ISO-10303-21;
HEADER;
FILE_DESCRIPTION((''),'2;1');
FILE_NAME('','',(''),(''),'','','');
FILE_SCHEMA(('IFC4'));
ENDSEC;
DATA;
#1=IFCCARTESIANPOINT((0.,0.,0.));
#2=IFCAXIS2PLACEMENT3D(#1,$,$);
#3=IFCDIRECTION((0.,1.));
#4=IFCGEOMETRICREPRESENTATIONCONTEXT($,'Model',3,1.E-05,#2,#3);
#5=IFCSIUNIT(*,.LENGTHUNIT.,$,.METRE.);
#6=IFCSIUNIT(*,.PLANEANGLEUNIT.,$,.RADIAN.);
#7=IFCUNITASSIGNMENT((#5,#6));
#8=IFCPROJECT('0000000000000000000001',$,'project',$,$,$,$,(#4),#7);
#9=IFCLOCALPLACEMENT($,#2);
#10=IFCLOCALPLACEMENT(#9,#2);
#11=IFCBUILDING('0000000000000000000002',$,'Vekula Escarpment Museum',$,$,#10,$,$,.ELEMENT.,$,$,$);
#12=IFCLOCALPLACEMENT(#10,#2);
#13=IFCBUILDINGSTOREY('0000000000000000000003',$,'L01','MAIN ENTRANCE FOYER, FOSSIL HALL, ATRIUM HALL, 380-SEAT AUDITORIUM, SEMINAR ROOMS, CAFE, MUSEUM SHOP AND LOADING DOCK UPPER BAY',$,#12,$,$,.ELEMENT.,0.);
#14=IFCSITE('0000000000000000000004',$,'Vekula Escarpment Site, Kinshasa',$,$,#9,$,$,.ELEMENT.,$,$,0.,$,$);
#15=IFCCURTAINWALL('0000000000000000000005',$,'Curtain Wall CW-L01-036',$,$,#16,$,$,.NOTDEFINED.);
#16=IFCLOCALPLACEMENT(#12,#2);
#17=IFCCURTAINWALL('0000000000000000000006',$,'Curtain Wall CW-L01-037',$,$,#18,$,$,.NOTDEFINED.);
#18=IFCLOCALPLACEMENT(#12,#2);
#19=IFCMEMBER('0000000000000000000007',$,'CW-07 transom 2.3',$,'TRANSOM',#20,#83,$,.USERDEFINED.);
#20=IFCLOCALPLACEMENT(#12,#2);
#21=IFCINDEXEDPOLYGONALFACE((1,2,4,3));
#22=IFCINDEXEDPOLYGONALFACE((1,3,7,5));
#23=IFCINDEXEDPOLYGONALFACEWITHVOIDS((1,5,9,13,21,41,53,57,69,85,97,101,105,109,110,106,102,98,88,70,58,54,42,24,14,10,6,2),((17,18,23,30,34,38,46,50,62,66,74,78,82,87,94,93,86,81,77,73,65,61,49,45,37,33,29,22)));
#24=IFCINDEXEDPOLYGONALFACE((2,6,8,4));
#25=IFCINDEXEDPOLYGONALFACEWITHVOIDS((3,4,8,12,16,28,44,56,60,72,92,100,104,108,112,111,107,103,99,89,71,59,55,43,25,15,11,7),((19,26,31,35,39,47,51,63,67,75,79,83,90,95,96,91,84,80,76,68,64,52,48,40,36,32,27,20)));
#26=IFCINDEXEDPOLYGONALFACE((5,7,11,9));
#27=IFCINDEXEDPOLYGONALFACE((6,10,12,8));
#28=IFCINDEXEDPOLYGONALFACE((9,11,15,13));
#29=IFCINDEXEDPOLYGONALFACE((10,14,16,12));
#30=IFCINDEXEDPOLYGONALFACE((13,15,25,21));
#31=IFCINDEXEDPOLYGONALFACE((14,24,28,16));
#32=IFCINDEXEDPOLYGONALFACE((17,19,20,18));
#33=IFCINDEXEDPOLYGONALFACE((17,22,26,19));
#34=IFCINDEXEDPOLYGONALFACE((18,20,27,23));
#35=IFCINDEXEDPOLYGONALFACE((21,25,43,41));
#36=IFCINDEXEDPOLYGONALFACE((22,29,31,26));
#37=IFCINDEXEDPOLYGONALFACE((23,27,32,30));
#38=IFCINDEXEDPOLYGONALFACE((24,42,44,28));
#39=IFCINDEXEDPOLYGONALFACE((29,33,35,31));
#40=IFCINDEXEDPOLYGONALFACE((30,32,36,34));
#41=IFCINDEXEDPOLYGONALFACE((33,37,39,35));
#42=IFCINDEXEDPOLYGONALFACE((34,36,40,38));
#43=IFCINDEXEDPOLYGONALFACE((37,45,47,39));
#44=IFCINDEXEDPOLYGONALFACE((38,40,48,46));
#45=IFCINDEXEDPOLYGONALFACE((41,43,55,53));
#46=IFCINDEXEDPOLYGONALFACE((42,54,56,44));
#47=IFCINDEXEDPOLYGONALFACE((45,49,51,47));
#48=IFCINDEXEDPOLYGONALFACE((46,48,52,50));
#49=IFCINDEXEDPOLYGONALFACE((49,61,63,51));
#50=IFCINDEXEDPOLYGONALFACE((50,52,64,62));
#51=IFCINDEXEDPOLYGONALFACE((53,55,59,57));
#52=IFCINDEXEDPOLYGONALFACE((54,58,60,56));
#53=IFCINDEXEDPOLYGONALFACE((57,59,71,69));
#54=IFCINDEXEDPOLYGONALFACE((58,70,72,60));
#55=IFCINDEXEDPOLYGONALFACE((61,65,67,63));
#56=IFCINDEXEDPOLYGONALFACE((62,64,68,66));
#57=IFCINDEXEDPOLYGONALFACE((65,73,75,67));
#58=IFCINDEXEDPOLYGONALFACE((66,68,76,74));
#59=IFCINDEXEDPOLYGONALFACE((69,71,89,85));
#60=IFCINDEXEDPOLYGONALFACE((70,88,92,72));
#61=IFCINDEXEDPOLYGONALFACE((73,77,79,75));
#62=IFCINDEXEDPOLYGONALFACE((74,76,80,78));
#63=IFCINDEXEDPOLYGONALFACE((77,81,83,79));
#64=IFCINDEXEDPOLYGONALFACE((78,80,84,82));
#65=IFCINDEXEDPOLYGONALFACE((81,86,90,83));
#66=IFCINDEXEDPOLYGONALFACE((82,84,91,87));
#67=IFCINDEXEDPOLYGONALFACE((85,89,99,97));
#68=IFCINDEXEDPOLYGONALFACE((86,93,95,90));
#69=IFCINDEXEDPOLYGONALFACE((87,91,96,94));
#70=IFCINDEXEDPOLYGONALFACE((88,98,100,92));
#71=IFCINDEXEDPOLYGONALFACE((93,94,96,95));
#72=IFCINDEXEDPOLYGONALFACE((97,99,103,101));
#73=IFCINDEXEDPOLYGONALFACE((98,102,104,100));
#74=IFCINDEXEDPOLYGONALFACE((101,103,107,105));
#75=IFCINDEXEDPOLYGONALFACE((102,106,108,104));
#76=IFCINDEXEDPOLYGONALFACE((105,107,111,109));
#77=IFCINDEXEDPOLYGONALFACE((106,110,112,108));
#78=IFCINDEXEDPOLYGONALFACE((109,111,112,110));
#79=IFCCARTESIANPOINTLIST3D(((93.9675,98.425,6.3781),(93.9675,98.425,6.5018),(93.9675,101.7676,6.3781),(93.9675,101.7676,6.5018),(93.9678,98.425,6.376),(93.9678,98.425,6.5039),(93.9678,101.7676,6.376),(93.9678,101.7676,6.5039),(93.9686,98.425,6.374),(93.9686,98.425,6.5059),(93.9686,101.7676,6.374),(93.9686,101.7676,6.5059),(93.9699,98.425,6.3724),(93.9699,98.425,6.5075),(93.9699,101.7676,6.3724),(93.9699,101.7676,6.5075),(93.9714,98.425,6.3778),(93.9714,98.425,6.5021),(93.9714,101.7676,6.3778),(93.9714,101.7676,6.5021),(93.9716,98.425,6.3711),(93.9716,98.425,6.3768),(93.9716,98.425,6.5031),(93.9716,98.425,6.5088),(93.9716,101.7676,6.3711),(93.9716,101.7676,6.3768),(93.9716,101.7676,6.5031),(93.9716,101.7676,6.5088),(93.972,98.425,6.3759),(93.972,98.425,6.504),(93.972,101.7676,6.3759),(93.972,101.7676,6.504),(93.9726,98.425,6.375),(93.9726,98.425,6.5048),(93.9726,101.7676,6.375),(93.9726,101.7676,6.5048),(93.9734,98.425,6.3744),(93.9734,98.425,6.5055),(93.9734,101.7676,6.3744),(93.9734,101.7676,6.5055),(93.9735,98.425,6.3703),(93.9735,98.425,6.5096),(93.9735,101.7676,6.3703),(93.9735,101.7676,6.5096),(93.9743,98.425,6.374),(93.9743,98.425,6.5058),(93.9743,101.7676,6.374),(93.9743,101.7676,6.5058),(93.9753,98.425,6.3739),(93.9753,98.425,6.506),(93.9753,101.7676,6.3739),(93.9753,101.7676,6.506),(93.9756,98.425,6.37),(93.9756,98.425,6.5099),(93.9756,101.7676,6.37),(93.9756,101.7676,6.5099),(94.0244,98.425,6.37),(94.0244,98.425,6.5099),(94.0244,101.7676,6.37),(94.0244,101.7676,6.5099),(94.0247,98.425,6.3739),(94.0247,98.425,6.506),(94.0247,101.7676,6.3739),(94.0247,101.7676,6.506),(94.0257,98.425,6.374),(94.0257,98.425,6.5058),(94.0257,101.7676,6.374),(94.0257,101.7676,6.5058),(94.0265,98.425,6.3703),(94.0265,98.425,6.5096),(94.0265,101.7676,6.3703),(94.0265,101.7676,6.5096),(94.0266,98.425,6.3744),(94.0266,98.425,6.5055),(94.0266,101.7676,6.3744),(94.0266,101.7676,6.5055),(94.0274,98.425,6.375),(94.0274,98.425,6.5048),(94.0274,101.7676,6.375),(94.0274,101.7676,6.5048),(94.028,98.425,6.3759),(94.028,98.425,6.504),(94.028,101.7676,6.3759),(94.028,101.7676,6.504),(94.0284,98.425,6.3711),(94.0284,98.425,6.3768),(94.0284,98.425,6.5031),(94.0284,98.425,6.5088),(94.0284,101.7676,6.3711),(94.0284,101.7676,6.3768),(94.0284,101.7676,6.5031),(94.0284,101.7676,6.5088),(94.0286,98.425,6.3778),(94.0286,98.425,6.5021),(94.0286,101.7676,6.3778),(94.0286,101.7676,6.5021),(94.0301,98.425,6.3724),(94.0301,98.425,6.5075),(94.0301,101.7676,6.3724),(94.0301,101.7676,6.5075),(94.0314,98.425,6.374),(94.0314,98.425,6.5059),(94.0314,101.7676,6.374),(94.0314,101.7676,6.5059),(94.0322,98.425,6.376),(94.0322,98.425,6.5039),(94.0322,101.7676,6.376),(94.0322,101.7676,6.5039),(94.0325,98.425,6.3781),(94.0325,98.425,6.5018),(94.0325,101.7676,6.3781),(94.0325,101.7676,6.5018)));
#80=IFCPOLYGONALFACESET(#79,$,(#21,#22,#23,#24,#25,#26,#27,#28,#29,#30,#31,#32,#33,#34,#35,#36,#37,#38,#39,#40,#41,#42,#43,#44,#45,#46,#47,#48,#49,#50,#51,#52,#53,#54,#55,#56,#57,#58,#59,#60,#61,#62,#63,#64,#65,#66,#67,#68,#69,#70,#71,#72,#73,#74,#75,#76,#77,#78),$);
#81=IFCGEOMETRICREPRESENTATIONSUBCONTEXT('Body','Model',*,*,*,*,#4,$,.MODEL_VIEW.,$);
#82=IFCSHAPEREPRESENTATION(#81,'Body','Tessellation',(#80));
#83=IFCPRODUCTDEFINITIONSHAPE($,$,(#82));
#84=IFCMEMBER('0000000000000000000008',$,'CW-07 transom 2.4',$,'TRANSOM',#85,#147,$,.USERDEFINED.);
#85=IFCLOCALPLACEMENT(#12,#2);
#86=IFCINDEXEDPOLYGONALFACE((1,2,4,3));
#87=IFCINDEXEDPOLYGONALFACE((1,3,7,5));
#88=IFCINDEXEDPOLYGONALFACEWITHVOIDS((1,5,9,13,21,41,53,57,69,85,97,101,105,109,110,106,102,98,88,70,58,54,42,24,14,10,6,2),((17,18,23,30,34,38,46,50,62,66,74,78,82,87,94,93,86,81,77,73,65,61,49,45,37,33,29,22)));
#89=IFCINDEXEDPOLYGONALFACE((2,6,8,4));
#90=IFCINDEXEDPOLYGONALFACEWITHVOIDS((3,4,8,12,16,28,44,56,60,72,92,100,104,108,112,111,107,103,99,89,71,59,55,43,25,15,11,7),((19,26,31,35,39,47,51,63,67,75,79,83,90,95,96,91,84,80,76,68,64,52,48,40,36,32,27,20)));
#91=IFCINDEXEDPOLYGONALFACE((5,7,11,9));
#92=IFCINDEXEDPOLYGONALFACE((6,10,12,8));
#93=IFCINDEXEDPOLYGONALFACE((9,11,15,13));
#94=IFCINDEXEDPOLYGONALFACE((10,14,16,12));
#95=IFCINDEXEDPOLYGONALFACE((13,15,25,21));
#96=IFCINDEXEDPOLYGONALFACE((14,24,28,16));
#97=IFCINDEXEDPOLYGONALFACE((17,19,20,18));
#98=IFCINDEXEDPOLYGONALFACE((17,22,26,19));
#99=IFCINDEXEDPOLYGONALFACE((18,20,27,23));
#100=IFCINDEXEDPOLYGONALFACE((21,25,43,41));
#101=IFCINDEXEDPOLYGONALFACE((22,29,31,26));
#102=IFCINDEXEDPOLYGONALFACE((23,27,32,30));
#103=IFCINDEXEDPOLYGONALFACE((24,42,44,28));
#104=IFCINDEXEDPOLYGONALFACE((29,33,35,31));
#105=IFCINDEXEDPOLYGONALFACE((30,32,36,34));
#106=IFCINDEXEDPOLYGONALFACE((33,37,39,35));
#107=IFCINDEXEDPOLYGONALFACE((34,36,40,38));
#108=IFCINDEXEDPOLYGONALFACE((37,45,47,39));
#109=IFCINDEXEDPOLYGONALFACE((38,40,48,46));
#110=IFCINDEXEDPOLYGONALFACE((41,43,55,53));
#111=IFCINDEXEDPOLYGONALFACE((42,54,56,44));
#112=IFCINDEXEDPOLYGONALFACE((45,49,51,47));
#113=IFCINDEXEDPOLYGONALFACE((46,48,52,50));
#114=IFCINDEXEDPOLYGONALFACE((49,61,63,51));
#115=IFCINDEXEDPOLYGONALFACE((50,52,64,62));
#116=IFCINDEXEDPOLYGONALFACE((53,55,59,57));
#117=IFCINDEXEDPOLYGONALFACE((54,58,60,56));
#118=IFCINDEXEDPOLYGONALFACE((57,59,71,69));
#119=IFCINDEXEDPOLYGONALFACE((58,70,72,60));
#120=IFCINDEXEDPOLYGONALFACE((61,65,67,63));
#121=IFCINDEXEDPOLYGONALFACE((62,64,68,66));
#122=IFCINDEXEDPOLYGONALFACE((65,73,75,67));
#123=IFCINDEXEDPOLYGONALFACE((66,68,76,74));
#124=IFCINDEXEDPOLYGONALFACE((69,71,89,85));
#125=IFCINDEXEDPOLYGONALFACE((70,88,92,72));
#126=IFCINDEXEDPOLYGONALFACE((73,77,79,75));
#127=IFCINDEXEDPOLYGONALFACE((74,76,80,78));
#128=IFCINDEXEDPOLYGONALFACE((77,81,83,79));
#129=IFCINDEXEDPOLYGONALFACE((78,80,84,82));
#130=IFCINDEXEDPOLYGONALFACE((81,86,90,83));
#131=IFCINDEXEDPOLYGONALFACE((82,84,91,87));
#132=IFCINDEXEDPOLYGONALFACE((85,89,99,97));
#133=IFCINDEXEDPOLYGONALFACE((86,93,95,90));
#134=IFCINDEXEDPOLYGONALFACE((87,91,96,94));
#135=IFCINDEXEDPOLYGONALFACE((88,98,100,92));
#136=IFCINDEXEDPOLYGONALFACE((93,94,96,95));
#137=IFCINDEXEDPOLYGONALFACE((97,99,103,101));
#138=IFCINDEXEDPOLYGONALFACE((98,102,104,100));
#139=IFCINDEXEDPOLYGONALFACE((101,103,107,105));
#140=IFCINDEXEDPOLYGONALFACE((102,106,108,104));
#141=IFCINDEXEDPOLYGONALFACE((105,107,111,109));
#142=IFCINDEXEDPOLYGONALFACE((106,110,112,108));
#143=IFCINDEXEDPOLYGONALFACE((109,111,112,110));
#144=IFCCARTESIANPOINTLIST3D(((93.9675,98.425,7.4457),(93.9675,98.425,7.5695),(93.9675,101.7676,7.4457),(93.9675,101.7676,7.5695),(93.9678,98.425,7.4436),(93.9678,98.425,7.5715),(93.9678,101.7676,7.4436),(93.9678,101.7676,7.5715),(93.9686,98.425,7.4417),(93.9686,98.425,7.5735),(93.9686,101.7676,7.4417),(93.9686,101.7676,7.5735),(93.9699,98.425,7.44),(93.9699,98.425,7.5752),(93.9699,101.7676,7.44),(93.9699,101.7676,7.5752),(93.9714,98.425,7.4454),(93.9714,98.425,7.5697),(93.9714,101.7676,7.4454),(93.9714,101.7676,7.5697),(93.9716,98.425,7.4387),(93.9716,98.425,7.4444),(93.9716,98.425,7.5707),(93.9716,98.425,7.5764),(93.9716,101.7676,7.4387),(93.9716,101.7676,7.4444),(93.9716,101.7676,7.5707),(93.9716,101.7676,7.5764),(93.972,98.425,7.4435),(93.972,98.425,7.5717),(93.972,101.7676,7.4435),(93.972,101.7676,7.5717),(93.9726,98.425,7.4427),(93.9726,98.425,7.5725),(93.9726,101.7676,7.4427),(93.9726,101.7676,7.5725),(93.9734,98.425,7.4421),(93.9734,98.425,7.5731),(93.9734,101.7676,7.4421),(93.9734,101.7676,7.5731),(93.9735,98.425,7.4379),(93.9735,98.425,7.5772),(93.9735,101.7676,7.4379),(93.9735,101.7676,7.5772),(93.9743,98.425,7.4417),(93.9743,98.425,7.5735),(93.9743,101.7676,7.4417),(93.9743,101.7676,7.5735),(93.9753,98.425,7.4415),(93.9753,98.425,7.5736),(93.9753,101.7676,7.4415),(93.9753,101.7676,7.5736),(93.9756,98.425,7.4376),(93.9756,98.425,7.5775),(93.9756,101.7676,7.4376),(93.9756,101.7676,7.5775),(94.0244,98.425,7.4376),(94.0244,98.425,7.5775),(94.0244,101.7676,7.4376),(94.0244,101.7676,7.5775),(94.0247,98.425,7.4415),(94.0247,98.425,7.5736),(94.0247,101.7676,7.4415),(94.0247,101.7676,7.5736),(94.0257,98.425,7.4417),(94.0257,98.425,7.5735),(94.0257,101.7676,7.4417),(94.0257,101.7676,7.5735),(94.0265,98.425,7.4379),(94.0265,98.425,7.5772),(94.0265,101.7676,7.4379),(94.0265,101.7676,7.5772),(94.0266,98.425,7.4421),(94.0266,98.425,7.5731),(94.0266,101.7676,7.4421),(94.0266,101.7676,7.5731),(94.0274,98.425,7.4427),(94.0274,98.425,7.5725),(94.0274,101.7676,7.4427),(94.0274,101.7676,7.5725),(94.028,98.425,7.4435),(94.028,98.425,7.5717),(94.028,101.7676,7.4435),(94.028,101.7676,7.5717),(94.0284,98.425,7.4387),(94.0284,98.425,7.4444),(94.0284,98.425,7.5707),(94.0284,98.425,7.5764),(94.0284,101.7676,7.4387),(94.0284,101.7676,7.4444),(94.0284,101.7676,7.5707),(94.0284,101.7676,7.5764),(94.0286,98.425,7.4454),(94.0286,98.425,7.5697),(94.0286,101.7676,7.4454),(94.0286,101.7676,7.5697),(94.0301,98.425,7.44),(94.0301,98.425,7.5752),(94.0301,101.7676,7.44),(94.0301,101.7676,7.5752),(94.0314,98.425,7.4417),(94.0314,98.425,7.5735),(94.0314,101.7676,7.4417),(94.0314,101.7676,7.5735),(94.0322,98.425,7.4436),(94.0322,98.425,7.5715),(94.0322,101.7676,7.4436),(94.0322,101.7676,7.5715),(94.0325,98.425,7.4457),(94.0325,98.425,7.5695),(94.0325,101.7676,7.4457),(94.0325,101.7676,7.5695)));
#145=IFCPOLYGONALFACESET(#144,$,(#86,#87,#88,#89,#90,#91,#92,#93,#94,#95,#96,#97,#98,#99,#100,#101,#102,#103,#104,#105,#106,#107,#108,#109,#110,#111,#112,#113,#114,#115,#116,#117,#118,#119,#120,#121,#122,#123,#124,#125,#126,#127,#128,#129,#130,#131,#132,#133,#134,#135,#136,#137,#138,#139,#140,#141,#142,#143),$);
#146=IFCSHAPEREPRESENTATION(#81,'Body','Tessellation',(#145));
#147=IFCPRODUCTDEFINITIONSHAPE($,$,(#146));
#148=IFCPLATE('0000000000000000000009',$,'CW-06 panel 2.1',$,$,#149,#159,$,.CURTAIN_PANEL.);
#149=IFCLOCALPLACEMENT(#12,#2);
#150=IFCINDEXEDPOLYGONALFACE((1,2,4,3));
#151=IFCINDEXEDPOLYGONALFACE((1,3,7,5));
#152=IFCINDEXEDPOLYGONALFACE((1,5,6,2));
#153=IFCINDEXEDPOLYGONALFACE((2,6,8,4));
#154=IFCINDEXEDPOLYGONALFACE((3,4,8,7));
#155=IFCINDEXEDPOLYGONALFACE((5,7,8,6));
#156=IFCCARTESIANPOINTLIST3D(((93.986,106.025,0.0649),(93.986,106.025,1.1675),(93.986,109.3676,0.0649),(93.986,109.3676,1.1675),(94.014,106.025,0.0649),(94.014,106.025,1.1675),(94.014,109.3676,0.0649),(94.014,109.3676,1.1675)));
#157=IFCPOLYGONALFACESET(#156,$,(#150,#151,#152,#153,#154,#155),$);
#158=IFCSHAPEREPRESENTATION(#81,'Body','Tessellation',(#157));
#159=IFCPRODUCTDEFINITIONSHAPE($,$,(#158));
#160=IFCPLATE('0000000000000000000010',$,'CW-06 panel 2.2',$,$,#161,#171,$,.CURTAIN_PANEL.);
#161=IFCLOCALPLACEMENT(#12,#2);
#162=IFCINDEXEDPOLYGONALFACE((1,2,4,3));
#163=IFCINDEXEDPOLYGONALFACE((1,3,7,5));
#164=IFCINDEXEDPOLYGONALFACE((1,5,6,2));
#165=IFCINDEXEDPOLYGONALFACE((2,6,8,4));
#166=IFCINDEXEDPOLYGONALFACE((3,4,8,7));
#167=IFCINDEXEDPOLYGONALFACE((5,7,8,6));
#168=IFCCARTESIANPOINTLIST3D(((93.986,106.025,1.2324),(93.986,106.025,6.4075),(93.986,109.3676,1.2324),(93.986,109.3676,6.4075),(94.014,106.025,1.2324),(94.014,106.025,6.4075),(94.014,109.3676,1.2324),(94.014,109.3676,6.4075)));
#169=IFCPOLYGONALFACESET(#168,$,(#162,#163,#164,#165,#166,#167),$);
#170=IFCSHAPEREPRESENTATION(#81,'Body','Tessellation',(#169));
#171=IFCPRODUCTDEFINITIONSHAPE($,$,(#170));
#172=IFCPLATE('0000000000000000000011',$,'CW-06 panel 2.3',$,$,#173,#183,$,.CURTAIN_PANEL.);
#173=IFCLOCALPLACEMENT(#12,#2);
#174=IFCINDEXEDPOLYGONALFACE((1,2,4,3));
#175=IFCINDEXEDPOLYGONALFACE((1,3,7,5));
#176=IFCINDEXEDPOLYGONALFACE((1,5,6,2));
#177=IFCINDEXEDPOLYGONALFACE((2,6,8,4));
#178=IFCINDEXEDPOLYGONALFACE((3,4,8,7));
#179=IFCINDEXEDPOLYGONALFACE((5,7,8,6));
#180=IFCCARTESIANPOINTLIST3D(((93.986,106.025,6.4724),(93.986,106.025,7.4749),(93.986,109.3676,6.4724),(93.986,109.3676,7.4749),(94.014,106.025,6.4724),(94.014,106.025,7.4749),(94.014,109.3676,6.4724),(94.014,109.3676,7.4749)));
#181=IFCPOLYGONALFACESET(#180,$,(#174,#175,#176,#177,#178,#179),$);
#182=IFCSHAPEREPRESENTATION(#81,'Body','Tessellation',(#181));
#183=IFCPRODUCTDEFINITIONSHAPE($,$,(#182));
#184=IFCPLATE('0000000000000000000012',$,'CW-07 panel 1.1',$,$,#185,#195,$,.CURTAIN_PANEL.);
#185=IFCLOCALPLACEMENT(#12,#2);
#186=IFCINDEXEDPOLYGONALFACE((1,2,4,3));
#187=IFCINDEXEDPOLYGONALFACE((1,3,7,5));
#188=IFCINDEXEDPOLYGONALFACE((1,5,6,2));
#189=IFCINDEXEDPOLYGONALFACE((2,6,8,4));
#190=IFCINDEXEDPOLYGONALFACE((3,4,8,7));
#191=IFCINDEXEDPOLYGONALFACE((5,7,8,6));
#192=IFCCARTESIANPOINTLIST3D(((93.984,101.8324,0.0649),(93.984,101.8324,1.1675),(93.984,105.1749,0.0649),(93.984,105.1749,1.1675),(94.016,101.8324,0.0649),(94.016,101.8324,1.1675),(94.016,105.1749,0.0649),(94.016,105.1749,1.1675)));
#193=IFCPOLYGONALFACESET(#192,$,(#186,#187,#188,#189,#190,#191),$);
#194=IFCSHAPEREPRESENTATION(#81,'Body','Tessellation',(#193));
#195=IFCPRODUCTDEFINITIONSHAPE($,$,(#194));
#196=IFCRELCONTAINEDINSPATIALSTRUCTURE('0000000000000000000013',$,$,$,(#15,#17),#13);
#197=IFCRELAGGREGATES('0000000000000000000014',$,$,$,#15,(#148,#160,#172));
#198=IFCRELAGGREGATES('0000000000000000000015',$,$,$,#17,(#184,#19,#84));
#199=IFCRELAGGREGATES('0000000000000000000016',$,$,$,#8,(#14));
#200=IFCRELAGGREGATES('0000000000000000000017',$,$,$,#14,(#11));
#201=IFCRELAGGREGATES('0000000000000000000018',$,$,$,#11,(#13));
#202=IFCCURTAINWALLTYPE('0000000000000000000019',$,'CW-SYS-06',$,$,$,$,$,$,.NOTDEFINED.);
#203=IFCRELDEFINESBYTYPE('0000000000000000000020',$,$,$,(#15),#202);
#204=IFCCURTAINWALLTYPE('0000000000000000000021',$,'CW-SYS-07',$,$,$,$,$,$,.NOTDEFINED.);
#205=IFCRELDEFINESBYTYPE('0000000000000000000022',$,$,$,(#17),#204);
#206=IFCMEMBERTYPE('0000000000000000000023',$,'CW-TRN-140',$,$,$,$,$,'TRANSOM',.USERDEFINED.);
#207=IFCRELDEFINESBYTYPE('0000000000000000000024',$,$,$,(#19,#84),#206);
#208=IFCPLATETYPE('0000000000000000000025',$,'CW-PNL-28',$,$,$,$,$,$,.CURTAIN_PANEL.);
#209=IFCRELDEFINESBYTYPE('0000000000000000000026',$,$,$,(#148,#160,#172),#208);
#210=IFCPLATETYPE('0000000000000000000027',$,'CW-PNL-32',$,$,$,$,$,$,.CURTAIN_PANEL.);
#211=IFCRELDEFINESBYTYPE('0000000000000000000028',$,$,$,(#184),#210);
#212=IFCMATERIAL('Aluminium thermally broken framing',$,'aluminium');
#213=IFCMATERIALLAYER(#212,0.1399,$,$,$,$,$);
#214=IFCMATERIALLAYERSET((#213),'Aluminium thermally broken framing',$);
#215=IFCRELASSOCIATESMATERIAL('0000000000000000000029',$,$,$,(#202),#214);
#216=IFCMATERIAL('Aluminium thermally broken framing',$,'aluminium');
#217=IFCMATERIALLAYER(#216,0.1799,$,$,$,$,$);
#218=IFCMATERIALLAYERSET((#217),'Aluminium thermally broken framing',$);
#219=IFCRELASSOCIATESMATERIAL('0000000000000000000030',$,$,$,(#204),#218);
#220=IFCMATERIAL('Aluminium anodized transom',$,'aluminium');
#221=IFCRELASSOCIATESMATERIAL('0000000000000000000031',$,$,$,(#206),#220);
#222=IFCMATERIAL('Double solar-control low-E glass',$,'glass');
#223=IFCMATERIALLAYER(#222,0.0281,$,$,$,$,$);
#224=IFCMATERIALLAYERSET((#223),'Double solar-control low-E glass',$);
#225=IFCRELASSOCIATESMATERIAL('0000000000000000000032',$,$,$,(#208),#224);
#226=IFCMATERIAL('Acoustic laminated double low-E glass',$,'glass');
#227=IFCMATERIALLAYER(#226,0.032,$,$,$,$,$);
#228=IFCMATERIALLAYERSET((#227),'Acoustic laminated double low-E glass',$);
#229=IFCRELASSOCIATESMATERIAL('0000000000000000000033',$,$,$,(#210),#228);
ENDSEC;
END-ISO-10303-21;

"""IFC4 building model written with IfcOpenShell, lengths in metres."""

from ifc_helpers import new_model, si_unit, direction, frame, origin, origin_2d, place, context, subcontext, project, spatial, rectangle, hollow_rectangle, extrude, material, layer, layer_set, material_profile, profile_set, type_object, element, aggregate, save


model = new_model("IFC4")

# Units and contexts
model_context = context("Model", 3, precision=1e-05, world=origin(), true_north=direction((0.0, 1.0)))
body_context = subcontext(model_context, "Body", "Model", "MODEL_VIEW")
ifc_project = project(units=[si_unit("LENGTHUNIT", "METRE"), si_unit("PLANEANGLEUNIT", "RADIAN")], contexts=[model_context])

# Site, building, storey
site_placement = place(None, origin())
site = spatial("IfcSite", under=ifc_project, at=site_placement, Name="Vekula Escarpment Site, Kinshasa", CompositionType="ELEMENT", RefElevation=0.0)
building_placement = place(site_placement, origin())
building = spatial("IfcBuilding", under=site, at=building_placement, Name="Vekula Escarpment Museum", CompositionType="ELEMENT")
storey_placement = place(building_placement, origin())
storey = spatial("IfcBuildingStorey", under=building, at=storey_placement, Name="L01", Description="MAIN ENTRANCE FOYER, FOSSIL HALL, ATRIUM HALL, 380-SEAT AUDITORIUM, SEMINAR ROOMS, CAFE, MUSEUM SHOP AND LOADING DOCK UPPER BAY", CompositionType="ELEMENT", Elevation=0.0)

# Curtain walls
ifc_material_1 = material(Name="Aluminium thermally broken framing", Category="aluminium")
ifc_layer_1 = layer(ifc_material_1, 0.1399)
ifc_layer_set_1 = layer_set([ifc_layer_1], Name="Aluminium thermally broken framing")
curtain_wall_type_1 = type_object("IfcCurtainWallType", Name="CW-SYS-06", PredefinedType="NOTDEFINED", material=ifc_layer_set_1)
curtain_wall_1_placement = place(storey_placement, origin())
curtain_wall_1 = element("IfcCurtainWall", 1, at=curtain_wall_1_placement, inside=storey, type_object=curtain_wall_type_1, Name="Curtain Wall CW-L01-036", PredefinedType="NOTDEFINED")
ifc_material_2 = material(Name="Aluminium thermally broken framing", Category="aluminium")
ifc_layer_2 = layer(ifc_material_2, 0.1799)
ifc_layer_set_2 = layer_set([ifc_layer_2], Name="Aluminium thermally broken framing")
curtain_wall_type_2 = type_object("IfcCurtainWallType", Name="CW-SYS-07", PredefinedType="NOTDEFINED", material=ifc_layer_set_2)
curtain_wall_2_placement = place(storey_placement, origin())
curtain_wall_2 = element("IfcCurtainWall", 2, at=curtain_wall_2_placement, inside=storey, type_object=curtain_wall_type_2, Name="Curtain Wall CW-L01-037", PredefinedType="NOTDEFINED")

# Members
ifc_material_3 = material(Name="Aluminium anodized transom", Category="aluminium")
ifc_material_profile_1 = material_profile(ifc_material_3, hollow_rectangle(XDim=0.0649, YDim=0.1399, WallThickness=0.0039, InnerFilletRadius=0.0039, OuterFilletRadius=0.0081, at=origin_2d()), Name="ALU 140x65x4")
ifc_profile_set_1 = profile_set([ifc_material_profile_1], Name="Aluminium anodized transom")
member_type_1 = type_object("IfcMemberType", Name="CW-TRN-140", ElementType="TRANSOM", PredefinedType="USERDEFINED", material=ifc_profile_set_1)
member_1_placement = place(storey_placement, frame((94.0, 101.7676, 6.4399), z_axis=(0.0, -1.0, 0.0), x_axis=(1.0, 0.0, 0.0)))
member_1 = element("IfcMember", 3, at=member_1_placement, type_object=member_type_1, Name="CW-07 transom 2.3", ObjectType="TRANSOM", PredefinedType="USERDEFINED", context=body_context, shape_type="SweptSolid", body=[
    extrude(hollow_rectangle(XDim=0.0649, YDim=0.1399, WallThickness=0.0039, InnerFilletRadius=0.0039, OuterFilletRadius=0.0081, at=origin_2d()), origin(), (0.0, 0.0, 1.0), 3.3425),
])
member_2_placement = place(storey_placement, frame((94.0, 101.7676, 7.5076), z_axis=(0.0, -1.0, 0.0), x_axis=(1.0, 0.0, 0.0)))
member_2 = element("IfcMember", 4, at=member_2_placement, type_object=member_type_1, Name="CW-07 transom 2.4", ObjectType="TRANSOM", PredefinedType="USERDEFINED", context=body_context, shape_type="SweptSolid", body=[
    extrude(hollow_rectangle(XDim=0.0649, YDim=0.1399, WallThickness=0.0039, InnerFilletRadius=0.0039, OuterFilletRadius=0.0081, at=origin_2d()), origin(), (0.0, 0.0, 1.0), 3.3425),
])

# Plates
ifc_material_4 = material(Name="Double solar-control low-E glass", Category="glass")
ifc_layer_3 = layer(ifc_material_4, 0.0281)
ifc_layer_set_3 = layer_set([ifc_layer_3], Name="Double solar-control low-E glass")
plate_type_1 = type_object("IfcPlateType", Name="CW-PNL-28", PredefinedType="CURTAIN_PANEL", material=ifc_layer_set_3)
plate_1_placement = place(storey_placement, frame((94.0, 107.6963, 0.0649), z_axis=(0.0, 0.0, 1.0), x_axis=(0.0, -1.0, 0.0)))
plate_1 = element("IfcPlate", 5, at=plate_1_placement, type_object=plate_type_1, Name="CW-06 panel 2.1", PredefinedType="CURTAIN_PANEL", context=body_context, shape_type="SweptSolid", body=[
    extrude(rectangle(XDim=3.3425, YDim=0.0281, at=origin_2d()), origin(), (0.0, 0.0, 1.0), 1.1025),
])
plate_2_placement = place(storey_placement, frame((94.0, 107.6963, 1.2324), z_axis=(0.0, 0.0, 1.0), x_axis=(0.0, -1.0, 0.0)))
plate_2 = element("IfcPlate", 6, at=plate_2_placement, type_object=plate_type_1, Name="CW-06 panel 2.2", PredefinedType="CURTAIN_PANEL", context=body_context, shape_type="SweptSolid", body=[
    extrude(rectangle(XDim=3.3425, YDim=0.0281, at=origin_2d()), origin(), (0.0, 0.0, 1.0), 5.175),
])
plate_3_placement = place(storey_placement, frame((94.0, 107.6963, 6.4724), z_axis=(0.0, 0.0, 1.0), x_axis=(0.0, -1.0, 0.0)))
plate_3 = element("IfcPlate", 7, at=plate_3_placement, type_object=plate_type_1, Name="CW-06 panel 2.3", PredefinedType="CURTAIN_PANEL", context=body_context, shape_type="SweptSolid", body=[
    extrude(rectangle(XDim=3.3425, YDim=0.0281, at=origin_2d()), origin(), (0.0, 0.0, 1.0), 1.0024),
])
aggregate(curtain_wall_1, [plate_1, plate_2, plate_3])
ifc_material_5 = material(Name="Acoustic laminated double low-E glass", Category="glass")
ifc_layer_4 = layer(ifc_material_5, 0.032)
ifc_layer_set_4 = layer_set([ifc_layer_4], Name="Acoustic laminated double low-E glass")
plate_type_2 = type_object("IfcPlateType", Name="CW-PNL-32", PredefinedType="CURTAIN_PANEL", material=ifc_layer_set_4)
plate_4_placement = place(storey_placement, frame((94.0, 103.5037, 0.0649), z_axis=(0.0, 0.0, 1.0), x_axis=(0.0, -1.0, 0.0)))
plate_4 = element("IfcPlate", 8, at=plate_4_placement, type_object=plate_type_2, Name="CW-07 panel 1.1", PredefinedType="CURTAIN_PANEL", context=body_context, shape_type="SweptSolid", body=[
    extrude(rectangle(XDim=3.3425, YDim=0.032, at=origin_2d()), origin(), (0.0, 0.0, 1.0), 1.1025),
])
aggregate(curtain_wall_2, [plate_4, member_1, member_2])

save(model, "model.ifc")
